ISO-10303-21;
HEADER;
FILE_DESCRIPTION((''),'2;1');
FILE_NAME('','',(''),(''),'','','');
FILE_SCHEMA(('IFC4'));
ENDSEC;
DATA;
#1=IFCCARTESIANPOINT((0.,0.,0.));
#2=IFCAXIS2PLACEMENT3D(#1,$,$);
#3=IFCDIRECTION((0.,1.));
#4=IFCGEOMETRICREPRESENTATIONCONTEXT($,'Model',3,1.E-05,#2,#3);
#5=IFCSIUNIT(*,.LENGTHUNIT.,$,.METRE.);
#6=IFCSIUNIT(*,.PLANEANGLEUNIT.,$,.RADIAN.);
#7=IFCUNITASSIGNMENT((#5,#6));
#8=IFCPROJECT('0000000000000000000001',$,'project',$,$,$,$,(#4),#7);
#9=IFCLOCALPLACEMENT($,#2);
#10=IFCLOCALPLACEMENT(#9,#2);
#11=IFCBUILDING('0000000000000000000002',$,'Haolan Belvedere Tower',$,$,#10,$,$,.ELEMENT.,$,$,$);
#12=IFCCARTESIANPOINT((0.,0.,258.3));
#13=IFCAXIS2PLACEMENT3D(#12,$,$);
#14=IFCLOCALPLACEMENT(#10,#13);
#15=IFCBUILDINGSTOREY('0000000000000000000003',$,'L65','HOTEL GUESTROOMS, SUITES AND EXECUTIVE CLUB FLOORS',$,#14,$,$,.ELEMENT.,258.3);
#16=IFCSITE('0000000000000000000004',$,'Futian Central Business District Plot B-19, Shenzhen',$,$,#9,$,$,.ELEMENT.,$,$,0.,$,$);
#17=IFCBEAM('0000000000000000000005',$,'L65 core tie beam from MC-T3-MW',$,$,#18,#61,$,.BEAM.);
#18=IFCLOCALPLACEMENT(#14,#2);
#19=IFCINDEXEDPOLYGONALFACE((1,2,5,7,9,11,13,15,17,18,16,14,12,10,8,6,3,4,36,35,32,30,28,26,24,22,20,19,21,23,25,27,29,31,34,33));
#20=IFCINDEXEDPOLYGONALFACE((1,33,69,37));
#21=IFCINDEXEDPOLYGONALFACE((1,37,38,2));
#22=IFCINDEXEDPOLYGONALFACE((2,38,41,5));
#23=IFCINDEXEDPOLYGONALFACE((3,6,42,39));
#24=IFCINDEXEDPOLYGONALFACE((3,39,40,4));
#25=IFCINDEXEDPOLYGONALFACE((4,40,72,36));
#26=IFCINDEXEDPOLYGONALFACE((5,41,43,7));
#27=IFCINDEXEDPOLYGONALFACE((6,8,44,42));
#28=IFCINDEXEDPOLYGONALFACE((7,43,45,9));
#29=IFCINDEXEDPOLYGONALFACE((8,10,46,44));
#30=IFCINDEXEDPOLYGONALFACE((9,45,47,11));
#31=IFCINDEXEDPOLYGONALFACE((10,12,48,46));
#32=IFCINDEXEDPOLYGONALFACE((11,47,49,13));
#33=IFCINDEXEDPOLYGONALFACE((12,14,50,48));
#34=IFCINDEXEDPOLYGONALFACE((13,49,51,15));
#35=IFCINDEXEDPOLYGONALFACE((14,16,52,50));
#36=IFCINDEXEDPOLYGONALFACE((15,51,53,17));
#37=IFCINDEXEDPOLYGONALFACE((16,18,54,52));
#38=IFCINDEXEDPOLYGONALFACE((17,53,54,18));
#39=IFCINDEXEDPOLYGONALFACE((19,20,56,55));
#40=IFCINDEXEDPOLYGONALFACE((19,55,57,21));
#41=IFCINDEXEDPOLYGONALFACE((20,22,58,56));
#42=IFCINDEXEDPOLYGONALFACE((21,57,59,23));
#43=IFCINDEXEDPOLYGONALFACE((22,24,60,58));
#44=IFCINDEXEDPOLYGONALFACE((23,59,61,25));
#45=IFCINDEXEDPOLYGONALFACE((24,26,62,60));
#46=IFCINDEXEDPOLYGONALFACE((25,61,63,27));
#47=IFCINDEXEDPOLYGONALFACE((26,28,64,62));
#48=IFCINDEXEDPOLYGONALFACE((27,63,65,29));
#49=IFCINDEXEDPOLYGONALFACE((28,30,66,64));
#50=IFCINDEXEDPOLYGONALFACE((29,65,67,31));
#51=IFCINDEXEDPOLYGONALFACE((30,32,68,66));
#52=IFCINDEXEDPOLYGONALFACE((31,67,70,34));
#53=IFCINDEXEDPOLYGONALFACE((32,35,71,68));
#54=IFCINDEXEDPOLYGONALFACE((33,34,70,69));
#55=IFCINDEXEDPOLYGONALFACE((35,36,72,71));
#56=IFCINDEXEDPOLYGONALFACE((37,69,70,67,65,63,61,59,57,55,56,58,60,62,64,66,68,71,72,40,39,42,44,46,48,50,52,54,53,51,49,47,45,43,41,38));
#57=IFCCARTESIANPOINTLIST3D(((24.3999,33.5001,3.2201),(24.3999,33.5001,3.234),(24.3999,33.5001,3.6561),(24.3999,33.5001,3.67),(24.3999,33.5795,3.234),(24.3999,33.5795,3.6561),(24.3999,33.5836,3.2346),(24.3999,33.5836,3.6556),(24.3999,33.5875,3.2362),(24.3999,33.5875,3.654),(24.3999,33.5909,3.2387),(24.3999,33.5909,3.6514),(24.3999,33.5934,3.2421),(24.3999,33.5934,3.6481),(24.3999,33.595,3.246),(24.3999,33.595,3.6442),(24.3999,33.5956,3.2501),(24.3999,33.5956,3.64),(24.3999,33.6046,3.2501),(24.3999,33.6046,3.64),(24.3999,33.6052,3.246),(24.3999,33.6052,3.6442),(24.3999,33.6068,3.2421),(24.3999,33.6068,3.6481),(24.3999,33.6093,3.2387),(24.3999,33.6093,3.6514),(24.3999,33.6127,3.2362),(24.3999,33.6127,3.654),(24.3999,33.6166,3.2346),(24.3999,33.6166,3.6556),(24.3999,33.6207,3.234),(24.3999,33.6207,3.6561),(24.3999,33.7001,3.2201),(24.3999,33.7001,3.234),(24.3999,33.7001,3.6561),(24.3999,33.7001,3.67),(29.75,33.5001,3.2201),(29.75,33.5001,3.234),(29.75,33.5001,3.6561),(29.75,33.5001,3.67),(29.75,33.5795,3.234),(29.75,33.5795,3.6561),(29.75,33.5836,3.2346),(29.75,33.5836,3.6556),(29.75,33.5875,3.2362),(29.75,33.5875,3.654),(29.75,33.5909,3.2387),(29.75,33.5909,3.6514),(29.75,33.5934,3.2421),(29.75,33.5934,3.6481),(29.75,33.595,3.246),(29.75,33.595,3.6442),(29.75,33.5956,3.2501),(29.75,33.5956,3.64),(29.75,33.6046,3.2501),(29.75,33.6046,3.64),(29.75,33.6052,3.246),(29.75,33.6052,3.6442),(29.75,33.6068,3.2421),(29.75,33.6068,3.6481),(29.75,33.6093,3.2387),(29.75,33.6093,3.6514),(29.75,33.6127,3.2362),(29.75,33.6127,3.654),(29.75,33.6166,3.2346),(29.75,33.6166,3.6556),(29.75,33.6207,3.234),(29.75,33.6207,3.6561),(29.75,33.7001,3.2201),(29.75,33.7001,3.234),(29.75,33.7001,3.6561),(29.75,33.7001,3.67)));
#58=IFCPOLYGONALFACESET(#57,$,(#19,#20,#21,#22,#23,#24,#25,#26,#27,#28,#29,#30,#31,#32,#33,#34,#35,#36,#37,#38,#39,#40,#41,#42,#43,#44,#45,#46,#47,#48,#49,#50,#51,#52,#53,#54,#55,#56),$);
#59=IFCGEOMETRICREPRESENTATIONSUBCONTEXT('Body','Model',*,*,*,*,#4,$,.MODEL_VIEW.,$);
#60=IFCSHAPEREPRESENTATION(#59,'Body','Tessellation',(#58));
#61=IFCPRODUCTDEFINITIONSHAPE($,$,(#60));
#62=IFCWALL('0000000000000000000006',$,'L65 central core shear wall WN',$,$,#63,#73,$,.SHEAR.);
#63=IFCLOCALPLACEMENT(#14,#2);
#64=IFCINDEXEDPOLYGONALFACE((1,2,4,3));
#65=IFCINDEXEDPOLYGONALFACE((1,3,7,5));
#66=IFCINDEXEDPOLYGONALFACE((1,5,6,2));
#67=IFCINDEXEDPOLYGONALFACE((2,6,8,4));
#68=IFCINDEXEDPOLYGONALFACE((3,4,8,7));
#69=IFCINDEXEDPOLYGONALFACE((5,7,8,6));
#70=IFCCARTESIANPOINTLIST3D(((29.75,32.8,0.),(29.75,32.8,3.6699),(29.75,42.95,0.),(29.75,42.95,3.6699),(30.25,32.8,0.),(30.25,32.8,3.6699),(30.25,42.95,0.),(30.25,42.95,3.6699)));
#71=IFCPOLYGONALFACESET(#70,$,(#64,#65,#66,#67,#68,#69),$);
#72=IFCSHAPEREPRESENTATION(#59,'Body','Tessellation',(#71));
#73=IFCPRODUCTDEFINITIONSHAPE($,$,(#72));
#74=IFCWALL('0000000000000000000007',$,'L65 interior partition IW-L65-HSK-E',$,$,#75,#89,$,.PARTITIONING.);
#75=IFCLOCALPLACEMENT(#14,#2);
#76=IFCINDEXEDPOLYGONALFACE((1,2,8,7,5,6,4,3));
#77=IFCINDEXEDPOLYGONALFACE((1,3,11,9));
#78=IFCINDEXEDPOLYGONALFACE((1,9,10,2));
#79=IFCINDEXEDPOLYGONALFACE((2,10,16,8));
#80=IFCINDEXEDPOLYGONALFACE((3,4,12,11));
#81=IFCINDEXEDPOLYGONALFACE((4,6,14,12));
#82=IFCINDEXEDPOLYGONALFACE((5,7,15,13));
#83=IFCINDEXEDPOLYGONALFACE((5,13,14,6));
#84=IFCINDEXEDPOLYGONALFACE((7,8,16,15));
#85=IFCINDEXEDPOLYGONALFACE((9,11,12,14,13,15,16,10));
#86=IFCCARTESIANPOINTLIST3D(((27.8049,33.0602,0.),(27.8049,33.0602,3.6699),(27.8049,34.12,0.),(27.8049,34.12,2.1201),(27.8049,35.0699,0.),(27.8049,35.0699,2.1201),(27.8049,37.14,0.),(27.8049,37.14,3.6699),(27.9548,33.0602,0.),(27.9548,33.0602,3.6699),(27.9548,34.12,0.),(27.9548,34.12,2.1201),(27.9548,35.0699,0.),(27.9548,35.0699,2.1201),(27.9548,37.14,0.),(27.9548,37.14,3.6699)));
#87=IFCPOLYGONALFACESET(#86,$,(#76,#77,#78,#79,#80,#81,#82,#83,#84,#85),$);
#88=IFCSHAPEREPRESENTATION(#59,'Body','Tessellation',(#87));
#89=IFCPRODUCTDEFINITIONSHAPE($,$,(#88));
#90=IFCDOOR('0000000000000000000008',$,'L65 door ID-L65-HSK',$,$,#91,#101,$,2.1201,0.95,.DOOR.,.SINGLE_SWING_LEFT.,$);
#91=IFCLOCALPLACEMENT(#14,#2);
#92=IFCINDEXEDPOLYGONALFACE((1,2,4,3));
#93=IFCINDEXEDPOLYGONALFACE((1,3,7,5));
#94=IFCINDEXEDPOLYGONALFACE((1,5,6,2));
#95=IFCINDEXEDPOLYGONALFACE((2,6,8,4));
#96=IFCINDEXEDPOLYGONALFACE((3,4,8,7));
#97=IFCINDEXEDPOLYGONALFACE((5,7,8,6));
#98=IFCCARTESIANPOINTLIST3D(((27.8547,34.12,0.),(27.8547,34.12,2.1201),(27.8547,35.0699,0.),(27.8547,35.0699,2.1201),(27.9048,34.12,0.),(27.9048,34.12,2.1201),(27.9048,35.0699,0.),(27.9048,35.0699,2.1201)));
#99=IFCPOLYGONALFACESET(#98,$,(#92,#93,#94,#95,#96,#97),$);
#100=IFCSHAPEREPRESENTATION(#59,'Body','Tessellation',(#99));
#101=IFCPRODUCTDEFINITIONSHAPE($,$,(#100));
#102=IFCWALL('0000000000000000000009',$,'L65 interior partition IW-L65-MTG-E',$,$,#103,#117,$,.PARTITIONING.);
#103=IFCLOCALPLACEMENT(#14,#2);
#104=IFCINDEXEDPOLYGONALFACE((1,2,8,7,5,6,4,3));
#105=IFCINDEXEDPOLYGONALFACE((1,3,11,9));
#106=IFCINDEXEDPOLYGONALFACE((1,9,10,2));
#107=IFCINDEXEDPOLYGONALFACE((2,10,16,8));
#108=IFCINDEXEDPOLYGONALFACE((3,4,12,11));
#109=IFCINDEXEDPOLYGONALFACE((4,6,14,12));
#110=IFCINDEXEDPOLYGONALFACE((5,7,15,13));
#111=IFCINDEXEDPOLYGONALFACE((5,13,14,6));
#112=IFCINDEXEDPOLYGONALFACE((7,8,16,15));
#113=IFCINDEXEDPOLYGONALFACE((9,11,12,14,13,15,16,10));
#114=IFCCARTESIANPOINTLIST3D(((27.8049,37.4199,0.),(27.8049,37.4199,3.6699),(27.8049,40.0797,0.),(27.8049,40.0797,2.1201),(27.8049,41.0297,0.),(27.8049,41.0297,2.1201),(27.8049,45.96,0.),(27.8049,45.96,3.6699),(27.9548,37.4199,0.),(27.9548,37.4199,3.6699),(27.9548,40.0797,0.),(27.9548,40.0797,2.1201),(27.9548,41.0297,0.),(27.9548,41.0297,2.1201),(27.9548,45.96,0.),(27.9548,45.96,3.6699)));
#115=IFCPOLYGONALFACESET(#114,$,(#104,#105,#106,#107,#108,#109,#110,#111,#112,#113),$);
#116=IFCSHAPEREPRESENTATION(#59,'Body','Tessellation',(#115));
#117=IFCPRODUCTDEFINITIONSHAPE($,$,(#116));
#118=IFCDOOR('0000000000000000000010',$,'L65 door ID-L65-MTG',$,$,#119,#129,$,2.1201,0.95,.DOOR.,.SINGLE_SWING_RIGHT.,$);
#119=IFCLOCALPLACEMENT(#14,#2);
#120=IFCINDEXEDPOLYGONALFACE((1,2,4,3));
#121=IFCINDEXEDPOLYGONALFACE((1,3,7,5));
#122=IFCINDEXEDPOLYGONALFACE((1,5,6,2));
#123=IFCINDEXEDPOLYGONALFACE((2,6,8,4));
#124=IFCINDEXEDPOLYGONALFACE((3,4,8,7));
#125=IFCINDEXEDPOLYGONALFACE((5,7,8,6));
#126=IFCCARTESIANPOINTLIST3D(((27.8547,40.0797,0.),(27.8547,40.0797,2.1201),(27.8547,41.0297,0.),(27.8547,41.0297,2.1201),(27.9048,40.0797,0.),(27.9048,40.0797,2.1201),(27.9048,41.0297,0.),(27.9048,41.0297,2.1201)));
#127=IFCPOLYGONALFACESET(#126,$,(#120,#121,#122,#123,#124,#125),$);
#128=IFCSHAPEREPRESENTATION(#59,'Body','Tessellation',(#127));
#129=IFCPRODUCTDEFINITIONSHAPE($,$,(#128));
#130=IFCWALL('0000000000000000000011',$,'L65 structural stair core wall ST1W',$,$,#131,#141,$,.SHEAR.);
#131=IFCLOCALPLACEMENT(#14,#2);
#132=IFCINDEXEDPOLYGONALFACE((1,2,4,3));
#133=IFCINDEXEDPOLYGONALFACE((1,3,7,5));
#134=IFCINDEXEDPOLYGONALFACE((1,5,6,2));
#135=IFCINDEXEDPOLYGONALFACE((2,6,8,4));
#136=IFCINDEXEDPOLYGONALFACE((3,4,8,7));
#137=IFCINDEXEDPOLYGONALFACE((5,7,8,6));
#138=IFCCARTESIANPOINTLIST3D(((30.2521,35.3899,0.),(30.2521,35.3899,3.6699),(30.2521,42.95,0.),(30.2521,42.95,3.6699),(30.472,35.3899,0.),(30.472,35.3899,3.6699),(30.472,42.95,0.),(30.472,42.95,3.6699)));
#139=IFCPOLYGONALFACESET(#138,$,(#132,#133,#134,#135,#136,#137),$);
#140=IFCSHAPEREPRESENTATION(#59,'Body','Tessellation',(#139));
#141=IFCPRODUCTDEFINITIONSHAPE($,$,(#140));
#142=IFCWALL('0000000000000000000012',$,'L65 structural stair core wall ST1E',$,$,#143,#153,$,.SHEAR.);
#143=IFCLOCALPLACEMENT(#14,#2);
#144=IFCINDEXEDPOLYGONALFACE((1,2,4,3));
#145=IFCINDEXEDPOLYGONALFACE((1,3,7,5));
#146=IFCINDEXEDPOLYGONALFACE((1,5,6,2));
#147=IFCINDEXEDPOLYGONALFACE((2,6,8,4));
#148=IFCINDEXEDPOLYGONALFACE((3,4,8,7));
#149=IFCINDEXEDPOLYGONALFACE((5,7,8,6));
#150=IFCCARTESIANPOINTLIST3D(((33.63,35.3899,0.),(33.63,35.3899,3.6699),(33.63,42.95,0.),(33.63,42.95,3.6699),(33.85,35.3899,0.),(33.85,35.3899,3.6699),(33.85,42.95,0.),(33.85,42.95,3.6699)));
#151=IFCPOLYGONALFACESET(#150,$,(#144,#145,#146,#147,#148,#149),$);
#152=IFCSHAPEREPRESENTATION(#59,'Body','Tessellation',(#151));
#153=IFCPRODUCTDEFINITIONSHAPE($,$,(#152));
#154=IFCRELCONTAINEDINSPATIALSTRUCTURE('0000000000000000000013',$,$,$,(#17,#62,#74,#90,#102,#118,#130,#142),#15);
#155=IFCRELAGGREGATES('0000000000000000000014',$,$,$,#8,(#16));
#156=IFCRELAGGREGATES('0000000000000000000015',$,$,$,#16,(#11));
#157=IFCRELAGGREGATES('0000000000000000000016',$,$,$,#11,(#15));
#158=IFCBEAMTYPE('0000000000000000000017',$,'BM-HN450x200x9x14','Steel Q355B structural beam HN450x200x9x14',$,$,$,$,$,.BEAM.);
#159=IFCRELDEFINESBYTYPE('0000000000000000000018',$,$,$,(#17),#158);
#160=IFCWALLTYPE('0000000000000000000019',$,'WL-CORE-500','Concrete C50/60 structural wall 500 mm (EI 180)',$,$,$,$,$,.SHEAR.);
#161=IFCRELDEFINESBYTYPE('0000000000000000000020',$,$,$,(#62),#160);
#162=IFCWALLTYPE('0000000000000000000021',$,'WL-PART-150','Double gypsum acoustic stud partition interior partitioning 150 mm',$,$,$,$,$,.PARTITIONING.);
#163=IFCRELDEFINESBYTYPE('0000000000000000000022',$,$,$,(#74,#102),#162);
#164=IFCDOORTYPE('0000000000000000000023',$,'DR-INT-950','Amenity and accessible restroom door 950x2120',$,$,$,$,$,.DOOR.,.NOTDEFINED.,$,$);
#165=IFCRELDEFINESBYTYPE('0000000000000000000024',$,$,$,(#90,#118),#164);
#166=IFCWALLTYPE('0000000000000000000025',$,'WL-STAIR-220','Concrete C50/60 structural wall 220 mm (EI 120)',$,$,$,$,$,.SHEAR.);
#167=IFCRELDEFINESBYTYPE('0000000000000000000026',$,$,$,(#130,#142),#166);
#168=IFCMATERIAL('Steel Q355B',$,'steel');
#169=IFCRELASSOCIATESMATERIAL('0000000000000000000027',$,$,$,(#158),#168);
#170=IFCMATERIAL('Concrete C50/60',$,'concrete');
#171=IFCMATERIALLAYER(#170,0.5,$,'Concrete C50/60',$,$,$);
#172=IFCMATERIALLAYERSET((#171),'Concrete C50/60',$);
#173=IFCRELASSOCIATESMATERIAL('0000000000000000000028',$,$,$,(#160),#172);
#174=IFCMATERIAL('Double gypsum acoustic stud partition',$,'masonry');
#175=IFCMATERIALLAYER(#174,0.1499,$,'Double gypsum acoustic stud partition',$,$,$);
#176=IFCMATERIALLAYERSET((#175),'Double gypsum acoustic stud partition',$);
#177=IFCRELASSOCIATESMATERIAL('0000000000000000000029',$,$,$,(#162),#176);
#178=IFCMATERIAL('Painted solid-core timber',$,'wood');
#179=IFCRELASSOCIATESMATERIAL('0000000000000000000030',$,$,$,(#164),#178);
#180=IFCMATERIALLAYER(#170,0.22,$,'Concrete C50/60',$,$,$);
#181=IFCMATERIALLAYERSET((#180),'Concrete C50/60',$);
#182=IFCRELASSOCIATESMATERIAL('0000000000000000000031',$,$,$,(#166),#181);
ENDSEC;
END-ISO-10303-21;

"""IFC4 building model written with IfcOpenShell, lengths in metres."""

from ifc_helpers import new_model, si_unit, direction, frame, frame_2d, origin, origin_2d, place, context, subcontext, project, spatial, rectangle, i_section, extrude, material, layer, layer_set, material_profile, profile_set, type_object, element, fill, save


model = new_model("IFC4")

# Units and contexts
model_context = context("Model", 3, precision=1e-05, world=origin(), true_north=direction((0.0, 1.0)))
body_context = subcontext(model_context, "Body", "Model", "MODEL_VIEW")
ifc_project = project(units=[si_unit("LENGTHUNIT", "METRE"), si_unit("PLANEANGLEUNIT", "RADIAN")], contexts=[model_context])

# Site, building, storey
site_placement = place(None, origin())
site = spatial("IfcSite", under=ifc_project, at=site_placement, Name="Futian Central Business District Plot B-19, Shenzhen", CompositionType="ELEMENT", RefElevation=0.0)
building_placement = place(site_placement, origin())
building = spatial("IfcBuilding", under=site, at=building_placement, Name="Haolan Belvedere Tower", CompositionType="ELEMENT")
storey_placement = place(building_placement, frame((0.0, 0.0, 258.3)))
storey = spatial("IfcBuildingStorey", under=building, at=storey_placement, Name="L65", Description="HOTEL GUESTROOMS, SUITES AND EXECUTIVE CLUB FLOORS", CompositionType="ELEMENT", Elevation=258.3)

# Beam
ifc_material_1 = material(Name="Steel Q355B", Category="steel")
ifc_material_profile = material_profile(ifc_material_1, i_section(OverallWidth=0.2, OverallDepth=0.45, WebThickness=0.009, FlangeThickness=0.0139, FilletRadius=0.0161, at=origin_2d()), Name="Steel Q355B")
ifc_profile_set = profile_set([ifc_material_profile], Name="Steel Q355B")
beam_type = type_object("IfcBeamType", Name="BM-HN450x200x9x14", Description="Steel Q355B structural beam HN450x200x9x14", PredefinedType="BEAM", material=ifc_profile_set)
beam_placement = place(storey_placement, frame((24.3999, 33.6001, 3.4451), z_axis=(1.0, 0.0, 0.0), x_axis=(0.0, 1.0, 0.0)))
element("IfcBeam", 1, at=beam_placement, inside=storey, type_object=beam_type, Name="L65 core tie beam from MC-T3-MW", PredefinedType="BEAM", context=body_context, shape_type="SweptSolid", body=[
    extrude(i_section(OverallWidth=0.2, OverallDepth=0.45, WebThickness=0.009, FlangeThickness=0.0139, FilletRadius=0.0161, at=origin_2d()), origin(), (0.0, 0.0, 1.0), 5.3501),
])

# Wall
ifc_material_2 = material(Name="Concrete C50/60", Category="concrete")
ifc_layer_1 = layer(ifc_material_2, 0.5, Name="Concrete C50/60")
ifc_layer_set_1 = layer_set([ifc_layer_1], Name="Concrete C50/60")
wall_type_1 = type_object("IfcWallType", Name="WL-CORE-500", Description="Concrete C50/60 structural wall 500 mm (EI 180)", PredefinedType="SHEAR", material=ifc_layer_set_1)
wall_1_placement = place(storey_placement, frame((30.0, 32.8, 0.0), z_axis=(0.0, 0.0, 1.0), x_axis=(0.0, 1.0, 0.0)))
element("IfcWall", 2, at=wall_1_placement, inside=storey, type_object=wall_type_1, Name="L65 central core shear wall WN", PredefinedType="SHEAR", context=body_context, shape_type="SweptSolid", body=[
    extrude(rectangle(XDim=10.1499, YDim=0.5, at=frame_2d((5.075, 0.0))), origin(), (0.0, 0.0, 1.0), 3.6699),
])

# Walls, openings, doors
ifc_material_3 = material(Name="Double gypsum acoustic stud partition", Category="masonry")
ifc_layer_2 = layer(ifc_material_3, 0.1499, Name="Double gypsum acoustic stud partition")
ifc_layer_set_2 = layer_set([ifc_layer_2], Name="Double gypsum acoustic stud partition")
wall_type_2 = type_object("IfcWallType", Name="WL-PART-150", Description="Double gypsum acoustic stud partition interior partitioning 150 mm", PredefinedType="PARTITIONING", material=ifc_layer_set_2)
wall_2_placement = place(storey_placement, frame((27.8799, 33.0601, 0.0), z_axis=(0.0, 0.0, 1.0), x_axis=(0.0, 1.0, 0.0)))
wall_2 = element("IfcWall", 3, at=wall_2_placement, inside=storey, type_object=wall_type_2, Name="L65 interior partition IW-L65-HSK-E", PredefinedType="PARTITIONING", context=body_context, shape_type="SweptSolid", body=[
    extrude(rectangle(XDim=4.0798, YDim=0.1499, at=frame_2d((2.04, 0.0))), origin(), (0.0, 0.0, 1.0), 3.6699),
])
opening_1_placement = place(wall_2_placement, frame((2.01, 0.0, 0.0), z_axis=(0.0, 0.0, 1.0), x_axis=(-1.0, 0.0, 0.0)))
opening_1 = element("IfcOpeningElement", 4, at=opening_1_placement, cuts=wall_2, PredefinedType="OPENING", context=body_context, shape_type="SweptSolid", body=[
    extrude(rectangle(XDim=0.95, YDim=2.1201, at=frame_2d((0.4751, 1.0601))), frame((0.0, 0.085, 0.0), z_axis=(0.0, -1.0, 0.0), x_axis=(1.0, 0.0, 0.0)), (0.0, 0.0, 1.0), 0.1699),
])
ifc_material_4 = material(Name="Painted solid-core timber", Category="wood")
door_type_1 = type_object("IfcDoorType", Name="DR-INT-950", Description="Amenity and accessible restroom door 950x2120", OperationType="NOTDEFINED", PredefinedType="DOOR", material=ifc_material_4)
door_1_placement = place(opening_1_placement, origin())
door_1 = element("IfcDoor", 5, at=door_1_placement, inside=storey, type_object=door_type_1, Name="L65 door ID-L65-HSK", OperationType="SINGLE_SWING_LEFT", OverallHeight=2.1201, OverallWidth=0.95, PredefinedType="DOOR", context=body_context, shape_type="SweptSolid", body=[
    extrude(rectangle(XDim=0.95, YDim=2.1201, at=frame_2d((0.4751, 1.0601))), frame((0.0, 0.0249, 0.0), z_axis=(0.0, -1.0, 0.0), x_axis=(1.0, 0.0, 0.0)), (0.0, 0.0, 1.0), 0.05),
])
fill(opening_1, door_1)
wall_3_placement = place(storey_placement, frame((27.8799, 37.4199, 0.0), z_axis=(0.0, 0.0, 1.0), x_axis=(0.0, 1.0, 0.0)))
wall_3 = element("IfcWall", 6, at=wall_3_placement, inside=storey, type_object=wall_type_2, Name="L65 interior partition IW-L65-MTG-E", PredefinedType="PARTITIONING", context=body_context, shape_type="SweptSolid", body=[
    extrude(rectangle(XDim=8.54, YDim=0.1499, at=frame_2d((4.27, 0.0))), origin(), (0.0, 0.0, 1.0), 3.6699),
])
opening_2_placement = place(wall_3_placement, frame((3.6099, 0.0, 0.0), z_axis=(0.0, 0.0, 1.0), x_axis=(-1.0, 0.0, 0.0)))
opening_2 = element("IfcOpeningElement", 7, at=opening_2_placement, cuts=wall_3, PredefinedType="OPENING", context=body_context, shape_type="SweptSolid", body=[
    extrude(rectangle(XDim=0.95, YDim=2.1201, at=frame_2d((0.4751, 1.0601))), frame((0.0, 0.085, 0.0), z_axis=(0.0, -1.0, 0.0), x_axis=(1.0, 0.0, 0.0)), (0.0, 0.0, 1.0), 0.1699),
])
door_2_placement = place(opening_2_placement, origin())
door_2 = element("IfcDoor", 8, at=door_2_placement, inside=storey, type_object=door_type_1, Name="L65 door ID-L65-MTG", OperationType="SINGLE_SWING_RIGHT", OverallHeight=2.1201, OverallWidth=0.95, PredefinedType="DOOR", context=body_context, shape_type="SweptSolid", body=[
    extrude(rectangle(XDim=0.95, YDim=2.1201, at=frame_2d((0.4751, 1.0601))), frame((0.0, 0.0249, 0.0), z_axis=(0.0, -1.0, 0.0), x_axis=(1.0, 0.0, 0.0)), (0.0, 0.0, 1.0), 0.05),
])
fill(opening_2, door_2)

# Walls
ifc_layer_3 = layer(ifc_material_2, 0.22, Name="Concrete C50/60")
ifc_layer_set_3 = layer_set([ifc_layer_3], Name="Concrete C50/60")
wall_type_3 = type_object("IfcWallType", Name="WL-STAIR-220", Description="Concrete C50/60 structural wall 220 mm (EI 120)", PredefinedType="SHEAR", material=ifc_layer_set_3)
for number, where, z_axis, x_axis, name in (
    (9, (30.3621, 35.3899, 0.0), (0.0, 0.0, 1.0), (0.0, 1.0, 0.0), "L65 structural stair core wall ST1W"),
    (10, (33.74, 35.3899, 0.0), (0.0, 0.0, 1.0), (0.0, 1.0, 0.0), "L65 structural stair core wall ST1E"),
):
    element("IfcWall", number, at=place(storey_placement, frame(where, z_axis=z_axis, x_axis=x_axis)), inside=storey, type_object=wall_type_3, Name=name, PredefinedType="SHEAR", context=body_context, shape_type="SweptSolid", body=[
        extrude(rectangle(XDim=7.5601, YDim=0.22, at=frame_2d((3.78, 0.0))), origin(), (0.0, 0.0, 1.0), 3.6699),
    ])

save(model, "model.ifc")
